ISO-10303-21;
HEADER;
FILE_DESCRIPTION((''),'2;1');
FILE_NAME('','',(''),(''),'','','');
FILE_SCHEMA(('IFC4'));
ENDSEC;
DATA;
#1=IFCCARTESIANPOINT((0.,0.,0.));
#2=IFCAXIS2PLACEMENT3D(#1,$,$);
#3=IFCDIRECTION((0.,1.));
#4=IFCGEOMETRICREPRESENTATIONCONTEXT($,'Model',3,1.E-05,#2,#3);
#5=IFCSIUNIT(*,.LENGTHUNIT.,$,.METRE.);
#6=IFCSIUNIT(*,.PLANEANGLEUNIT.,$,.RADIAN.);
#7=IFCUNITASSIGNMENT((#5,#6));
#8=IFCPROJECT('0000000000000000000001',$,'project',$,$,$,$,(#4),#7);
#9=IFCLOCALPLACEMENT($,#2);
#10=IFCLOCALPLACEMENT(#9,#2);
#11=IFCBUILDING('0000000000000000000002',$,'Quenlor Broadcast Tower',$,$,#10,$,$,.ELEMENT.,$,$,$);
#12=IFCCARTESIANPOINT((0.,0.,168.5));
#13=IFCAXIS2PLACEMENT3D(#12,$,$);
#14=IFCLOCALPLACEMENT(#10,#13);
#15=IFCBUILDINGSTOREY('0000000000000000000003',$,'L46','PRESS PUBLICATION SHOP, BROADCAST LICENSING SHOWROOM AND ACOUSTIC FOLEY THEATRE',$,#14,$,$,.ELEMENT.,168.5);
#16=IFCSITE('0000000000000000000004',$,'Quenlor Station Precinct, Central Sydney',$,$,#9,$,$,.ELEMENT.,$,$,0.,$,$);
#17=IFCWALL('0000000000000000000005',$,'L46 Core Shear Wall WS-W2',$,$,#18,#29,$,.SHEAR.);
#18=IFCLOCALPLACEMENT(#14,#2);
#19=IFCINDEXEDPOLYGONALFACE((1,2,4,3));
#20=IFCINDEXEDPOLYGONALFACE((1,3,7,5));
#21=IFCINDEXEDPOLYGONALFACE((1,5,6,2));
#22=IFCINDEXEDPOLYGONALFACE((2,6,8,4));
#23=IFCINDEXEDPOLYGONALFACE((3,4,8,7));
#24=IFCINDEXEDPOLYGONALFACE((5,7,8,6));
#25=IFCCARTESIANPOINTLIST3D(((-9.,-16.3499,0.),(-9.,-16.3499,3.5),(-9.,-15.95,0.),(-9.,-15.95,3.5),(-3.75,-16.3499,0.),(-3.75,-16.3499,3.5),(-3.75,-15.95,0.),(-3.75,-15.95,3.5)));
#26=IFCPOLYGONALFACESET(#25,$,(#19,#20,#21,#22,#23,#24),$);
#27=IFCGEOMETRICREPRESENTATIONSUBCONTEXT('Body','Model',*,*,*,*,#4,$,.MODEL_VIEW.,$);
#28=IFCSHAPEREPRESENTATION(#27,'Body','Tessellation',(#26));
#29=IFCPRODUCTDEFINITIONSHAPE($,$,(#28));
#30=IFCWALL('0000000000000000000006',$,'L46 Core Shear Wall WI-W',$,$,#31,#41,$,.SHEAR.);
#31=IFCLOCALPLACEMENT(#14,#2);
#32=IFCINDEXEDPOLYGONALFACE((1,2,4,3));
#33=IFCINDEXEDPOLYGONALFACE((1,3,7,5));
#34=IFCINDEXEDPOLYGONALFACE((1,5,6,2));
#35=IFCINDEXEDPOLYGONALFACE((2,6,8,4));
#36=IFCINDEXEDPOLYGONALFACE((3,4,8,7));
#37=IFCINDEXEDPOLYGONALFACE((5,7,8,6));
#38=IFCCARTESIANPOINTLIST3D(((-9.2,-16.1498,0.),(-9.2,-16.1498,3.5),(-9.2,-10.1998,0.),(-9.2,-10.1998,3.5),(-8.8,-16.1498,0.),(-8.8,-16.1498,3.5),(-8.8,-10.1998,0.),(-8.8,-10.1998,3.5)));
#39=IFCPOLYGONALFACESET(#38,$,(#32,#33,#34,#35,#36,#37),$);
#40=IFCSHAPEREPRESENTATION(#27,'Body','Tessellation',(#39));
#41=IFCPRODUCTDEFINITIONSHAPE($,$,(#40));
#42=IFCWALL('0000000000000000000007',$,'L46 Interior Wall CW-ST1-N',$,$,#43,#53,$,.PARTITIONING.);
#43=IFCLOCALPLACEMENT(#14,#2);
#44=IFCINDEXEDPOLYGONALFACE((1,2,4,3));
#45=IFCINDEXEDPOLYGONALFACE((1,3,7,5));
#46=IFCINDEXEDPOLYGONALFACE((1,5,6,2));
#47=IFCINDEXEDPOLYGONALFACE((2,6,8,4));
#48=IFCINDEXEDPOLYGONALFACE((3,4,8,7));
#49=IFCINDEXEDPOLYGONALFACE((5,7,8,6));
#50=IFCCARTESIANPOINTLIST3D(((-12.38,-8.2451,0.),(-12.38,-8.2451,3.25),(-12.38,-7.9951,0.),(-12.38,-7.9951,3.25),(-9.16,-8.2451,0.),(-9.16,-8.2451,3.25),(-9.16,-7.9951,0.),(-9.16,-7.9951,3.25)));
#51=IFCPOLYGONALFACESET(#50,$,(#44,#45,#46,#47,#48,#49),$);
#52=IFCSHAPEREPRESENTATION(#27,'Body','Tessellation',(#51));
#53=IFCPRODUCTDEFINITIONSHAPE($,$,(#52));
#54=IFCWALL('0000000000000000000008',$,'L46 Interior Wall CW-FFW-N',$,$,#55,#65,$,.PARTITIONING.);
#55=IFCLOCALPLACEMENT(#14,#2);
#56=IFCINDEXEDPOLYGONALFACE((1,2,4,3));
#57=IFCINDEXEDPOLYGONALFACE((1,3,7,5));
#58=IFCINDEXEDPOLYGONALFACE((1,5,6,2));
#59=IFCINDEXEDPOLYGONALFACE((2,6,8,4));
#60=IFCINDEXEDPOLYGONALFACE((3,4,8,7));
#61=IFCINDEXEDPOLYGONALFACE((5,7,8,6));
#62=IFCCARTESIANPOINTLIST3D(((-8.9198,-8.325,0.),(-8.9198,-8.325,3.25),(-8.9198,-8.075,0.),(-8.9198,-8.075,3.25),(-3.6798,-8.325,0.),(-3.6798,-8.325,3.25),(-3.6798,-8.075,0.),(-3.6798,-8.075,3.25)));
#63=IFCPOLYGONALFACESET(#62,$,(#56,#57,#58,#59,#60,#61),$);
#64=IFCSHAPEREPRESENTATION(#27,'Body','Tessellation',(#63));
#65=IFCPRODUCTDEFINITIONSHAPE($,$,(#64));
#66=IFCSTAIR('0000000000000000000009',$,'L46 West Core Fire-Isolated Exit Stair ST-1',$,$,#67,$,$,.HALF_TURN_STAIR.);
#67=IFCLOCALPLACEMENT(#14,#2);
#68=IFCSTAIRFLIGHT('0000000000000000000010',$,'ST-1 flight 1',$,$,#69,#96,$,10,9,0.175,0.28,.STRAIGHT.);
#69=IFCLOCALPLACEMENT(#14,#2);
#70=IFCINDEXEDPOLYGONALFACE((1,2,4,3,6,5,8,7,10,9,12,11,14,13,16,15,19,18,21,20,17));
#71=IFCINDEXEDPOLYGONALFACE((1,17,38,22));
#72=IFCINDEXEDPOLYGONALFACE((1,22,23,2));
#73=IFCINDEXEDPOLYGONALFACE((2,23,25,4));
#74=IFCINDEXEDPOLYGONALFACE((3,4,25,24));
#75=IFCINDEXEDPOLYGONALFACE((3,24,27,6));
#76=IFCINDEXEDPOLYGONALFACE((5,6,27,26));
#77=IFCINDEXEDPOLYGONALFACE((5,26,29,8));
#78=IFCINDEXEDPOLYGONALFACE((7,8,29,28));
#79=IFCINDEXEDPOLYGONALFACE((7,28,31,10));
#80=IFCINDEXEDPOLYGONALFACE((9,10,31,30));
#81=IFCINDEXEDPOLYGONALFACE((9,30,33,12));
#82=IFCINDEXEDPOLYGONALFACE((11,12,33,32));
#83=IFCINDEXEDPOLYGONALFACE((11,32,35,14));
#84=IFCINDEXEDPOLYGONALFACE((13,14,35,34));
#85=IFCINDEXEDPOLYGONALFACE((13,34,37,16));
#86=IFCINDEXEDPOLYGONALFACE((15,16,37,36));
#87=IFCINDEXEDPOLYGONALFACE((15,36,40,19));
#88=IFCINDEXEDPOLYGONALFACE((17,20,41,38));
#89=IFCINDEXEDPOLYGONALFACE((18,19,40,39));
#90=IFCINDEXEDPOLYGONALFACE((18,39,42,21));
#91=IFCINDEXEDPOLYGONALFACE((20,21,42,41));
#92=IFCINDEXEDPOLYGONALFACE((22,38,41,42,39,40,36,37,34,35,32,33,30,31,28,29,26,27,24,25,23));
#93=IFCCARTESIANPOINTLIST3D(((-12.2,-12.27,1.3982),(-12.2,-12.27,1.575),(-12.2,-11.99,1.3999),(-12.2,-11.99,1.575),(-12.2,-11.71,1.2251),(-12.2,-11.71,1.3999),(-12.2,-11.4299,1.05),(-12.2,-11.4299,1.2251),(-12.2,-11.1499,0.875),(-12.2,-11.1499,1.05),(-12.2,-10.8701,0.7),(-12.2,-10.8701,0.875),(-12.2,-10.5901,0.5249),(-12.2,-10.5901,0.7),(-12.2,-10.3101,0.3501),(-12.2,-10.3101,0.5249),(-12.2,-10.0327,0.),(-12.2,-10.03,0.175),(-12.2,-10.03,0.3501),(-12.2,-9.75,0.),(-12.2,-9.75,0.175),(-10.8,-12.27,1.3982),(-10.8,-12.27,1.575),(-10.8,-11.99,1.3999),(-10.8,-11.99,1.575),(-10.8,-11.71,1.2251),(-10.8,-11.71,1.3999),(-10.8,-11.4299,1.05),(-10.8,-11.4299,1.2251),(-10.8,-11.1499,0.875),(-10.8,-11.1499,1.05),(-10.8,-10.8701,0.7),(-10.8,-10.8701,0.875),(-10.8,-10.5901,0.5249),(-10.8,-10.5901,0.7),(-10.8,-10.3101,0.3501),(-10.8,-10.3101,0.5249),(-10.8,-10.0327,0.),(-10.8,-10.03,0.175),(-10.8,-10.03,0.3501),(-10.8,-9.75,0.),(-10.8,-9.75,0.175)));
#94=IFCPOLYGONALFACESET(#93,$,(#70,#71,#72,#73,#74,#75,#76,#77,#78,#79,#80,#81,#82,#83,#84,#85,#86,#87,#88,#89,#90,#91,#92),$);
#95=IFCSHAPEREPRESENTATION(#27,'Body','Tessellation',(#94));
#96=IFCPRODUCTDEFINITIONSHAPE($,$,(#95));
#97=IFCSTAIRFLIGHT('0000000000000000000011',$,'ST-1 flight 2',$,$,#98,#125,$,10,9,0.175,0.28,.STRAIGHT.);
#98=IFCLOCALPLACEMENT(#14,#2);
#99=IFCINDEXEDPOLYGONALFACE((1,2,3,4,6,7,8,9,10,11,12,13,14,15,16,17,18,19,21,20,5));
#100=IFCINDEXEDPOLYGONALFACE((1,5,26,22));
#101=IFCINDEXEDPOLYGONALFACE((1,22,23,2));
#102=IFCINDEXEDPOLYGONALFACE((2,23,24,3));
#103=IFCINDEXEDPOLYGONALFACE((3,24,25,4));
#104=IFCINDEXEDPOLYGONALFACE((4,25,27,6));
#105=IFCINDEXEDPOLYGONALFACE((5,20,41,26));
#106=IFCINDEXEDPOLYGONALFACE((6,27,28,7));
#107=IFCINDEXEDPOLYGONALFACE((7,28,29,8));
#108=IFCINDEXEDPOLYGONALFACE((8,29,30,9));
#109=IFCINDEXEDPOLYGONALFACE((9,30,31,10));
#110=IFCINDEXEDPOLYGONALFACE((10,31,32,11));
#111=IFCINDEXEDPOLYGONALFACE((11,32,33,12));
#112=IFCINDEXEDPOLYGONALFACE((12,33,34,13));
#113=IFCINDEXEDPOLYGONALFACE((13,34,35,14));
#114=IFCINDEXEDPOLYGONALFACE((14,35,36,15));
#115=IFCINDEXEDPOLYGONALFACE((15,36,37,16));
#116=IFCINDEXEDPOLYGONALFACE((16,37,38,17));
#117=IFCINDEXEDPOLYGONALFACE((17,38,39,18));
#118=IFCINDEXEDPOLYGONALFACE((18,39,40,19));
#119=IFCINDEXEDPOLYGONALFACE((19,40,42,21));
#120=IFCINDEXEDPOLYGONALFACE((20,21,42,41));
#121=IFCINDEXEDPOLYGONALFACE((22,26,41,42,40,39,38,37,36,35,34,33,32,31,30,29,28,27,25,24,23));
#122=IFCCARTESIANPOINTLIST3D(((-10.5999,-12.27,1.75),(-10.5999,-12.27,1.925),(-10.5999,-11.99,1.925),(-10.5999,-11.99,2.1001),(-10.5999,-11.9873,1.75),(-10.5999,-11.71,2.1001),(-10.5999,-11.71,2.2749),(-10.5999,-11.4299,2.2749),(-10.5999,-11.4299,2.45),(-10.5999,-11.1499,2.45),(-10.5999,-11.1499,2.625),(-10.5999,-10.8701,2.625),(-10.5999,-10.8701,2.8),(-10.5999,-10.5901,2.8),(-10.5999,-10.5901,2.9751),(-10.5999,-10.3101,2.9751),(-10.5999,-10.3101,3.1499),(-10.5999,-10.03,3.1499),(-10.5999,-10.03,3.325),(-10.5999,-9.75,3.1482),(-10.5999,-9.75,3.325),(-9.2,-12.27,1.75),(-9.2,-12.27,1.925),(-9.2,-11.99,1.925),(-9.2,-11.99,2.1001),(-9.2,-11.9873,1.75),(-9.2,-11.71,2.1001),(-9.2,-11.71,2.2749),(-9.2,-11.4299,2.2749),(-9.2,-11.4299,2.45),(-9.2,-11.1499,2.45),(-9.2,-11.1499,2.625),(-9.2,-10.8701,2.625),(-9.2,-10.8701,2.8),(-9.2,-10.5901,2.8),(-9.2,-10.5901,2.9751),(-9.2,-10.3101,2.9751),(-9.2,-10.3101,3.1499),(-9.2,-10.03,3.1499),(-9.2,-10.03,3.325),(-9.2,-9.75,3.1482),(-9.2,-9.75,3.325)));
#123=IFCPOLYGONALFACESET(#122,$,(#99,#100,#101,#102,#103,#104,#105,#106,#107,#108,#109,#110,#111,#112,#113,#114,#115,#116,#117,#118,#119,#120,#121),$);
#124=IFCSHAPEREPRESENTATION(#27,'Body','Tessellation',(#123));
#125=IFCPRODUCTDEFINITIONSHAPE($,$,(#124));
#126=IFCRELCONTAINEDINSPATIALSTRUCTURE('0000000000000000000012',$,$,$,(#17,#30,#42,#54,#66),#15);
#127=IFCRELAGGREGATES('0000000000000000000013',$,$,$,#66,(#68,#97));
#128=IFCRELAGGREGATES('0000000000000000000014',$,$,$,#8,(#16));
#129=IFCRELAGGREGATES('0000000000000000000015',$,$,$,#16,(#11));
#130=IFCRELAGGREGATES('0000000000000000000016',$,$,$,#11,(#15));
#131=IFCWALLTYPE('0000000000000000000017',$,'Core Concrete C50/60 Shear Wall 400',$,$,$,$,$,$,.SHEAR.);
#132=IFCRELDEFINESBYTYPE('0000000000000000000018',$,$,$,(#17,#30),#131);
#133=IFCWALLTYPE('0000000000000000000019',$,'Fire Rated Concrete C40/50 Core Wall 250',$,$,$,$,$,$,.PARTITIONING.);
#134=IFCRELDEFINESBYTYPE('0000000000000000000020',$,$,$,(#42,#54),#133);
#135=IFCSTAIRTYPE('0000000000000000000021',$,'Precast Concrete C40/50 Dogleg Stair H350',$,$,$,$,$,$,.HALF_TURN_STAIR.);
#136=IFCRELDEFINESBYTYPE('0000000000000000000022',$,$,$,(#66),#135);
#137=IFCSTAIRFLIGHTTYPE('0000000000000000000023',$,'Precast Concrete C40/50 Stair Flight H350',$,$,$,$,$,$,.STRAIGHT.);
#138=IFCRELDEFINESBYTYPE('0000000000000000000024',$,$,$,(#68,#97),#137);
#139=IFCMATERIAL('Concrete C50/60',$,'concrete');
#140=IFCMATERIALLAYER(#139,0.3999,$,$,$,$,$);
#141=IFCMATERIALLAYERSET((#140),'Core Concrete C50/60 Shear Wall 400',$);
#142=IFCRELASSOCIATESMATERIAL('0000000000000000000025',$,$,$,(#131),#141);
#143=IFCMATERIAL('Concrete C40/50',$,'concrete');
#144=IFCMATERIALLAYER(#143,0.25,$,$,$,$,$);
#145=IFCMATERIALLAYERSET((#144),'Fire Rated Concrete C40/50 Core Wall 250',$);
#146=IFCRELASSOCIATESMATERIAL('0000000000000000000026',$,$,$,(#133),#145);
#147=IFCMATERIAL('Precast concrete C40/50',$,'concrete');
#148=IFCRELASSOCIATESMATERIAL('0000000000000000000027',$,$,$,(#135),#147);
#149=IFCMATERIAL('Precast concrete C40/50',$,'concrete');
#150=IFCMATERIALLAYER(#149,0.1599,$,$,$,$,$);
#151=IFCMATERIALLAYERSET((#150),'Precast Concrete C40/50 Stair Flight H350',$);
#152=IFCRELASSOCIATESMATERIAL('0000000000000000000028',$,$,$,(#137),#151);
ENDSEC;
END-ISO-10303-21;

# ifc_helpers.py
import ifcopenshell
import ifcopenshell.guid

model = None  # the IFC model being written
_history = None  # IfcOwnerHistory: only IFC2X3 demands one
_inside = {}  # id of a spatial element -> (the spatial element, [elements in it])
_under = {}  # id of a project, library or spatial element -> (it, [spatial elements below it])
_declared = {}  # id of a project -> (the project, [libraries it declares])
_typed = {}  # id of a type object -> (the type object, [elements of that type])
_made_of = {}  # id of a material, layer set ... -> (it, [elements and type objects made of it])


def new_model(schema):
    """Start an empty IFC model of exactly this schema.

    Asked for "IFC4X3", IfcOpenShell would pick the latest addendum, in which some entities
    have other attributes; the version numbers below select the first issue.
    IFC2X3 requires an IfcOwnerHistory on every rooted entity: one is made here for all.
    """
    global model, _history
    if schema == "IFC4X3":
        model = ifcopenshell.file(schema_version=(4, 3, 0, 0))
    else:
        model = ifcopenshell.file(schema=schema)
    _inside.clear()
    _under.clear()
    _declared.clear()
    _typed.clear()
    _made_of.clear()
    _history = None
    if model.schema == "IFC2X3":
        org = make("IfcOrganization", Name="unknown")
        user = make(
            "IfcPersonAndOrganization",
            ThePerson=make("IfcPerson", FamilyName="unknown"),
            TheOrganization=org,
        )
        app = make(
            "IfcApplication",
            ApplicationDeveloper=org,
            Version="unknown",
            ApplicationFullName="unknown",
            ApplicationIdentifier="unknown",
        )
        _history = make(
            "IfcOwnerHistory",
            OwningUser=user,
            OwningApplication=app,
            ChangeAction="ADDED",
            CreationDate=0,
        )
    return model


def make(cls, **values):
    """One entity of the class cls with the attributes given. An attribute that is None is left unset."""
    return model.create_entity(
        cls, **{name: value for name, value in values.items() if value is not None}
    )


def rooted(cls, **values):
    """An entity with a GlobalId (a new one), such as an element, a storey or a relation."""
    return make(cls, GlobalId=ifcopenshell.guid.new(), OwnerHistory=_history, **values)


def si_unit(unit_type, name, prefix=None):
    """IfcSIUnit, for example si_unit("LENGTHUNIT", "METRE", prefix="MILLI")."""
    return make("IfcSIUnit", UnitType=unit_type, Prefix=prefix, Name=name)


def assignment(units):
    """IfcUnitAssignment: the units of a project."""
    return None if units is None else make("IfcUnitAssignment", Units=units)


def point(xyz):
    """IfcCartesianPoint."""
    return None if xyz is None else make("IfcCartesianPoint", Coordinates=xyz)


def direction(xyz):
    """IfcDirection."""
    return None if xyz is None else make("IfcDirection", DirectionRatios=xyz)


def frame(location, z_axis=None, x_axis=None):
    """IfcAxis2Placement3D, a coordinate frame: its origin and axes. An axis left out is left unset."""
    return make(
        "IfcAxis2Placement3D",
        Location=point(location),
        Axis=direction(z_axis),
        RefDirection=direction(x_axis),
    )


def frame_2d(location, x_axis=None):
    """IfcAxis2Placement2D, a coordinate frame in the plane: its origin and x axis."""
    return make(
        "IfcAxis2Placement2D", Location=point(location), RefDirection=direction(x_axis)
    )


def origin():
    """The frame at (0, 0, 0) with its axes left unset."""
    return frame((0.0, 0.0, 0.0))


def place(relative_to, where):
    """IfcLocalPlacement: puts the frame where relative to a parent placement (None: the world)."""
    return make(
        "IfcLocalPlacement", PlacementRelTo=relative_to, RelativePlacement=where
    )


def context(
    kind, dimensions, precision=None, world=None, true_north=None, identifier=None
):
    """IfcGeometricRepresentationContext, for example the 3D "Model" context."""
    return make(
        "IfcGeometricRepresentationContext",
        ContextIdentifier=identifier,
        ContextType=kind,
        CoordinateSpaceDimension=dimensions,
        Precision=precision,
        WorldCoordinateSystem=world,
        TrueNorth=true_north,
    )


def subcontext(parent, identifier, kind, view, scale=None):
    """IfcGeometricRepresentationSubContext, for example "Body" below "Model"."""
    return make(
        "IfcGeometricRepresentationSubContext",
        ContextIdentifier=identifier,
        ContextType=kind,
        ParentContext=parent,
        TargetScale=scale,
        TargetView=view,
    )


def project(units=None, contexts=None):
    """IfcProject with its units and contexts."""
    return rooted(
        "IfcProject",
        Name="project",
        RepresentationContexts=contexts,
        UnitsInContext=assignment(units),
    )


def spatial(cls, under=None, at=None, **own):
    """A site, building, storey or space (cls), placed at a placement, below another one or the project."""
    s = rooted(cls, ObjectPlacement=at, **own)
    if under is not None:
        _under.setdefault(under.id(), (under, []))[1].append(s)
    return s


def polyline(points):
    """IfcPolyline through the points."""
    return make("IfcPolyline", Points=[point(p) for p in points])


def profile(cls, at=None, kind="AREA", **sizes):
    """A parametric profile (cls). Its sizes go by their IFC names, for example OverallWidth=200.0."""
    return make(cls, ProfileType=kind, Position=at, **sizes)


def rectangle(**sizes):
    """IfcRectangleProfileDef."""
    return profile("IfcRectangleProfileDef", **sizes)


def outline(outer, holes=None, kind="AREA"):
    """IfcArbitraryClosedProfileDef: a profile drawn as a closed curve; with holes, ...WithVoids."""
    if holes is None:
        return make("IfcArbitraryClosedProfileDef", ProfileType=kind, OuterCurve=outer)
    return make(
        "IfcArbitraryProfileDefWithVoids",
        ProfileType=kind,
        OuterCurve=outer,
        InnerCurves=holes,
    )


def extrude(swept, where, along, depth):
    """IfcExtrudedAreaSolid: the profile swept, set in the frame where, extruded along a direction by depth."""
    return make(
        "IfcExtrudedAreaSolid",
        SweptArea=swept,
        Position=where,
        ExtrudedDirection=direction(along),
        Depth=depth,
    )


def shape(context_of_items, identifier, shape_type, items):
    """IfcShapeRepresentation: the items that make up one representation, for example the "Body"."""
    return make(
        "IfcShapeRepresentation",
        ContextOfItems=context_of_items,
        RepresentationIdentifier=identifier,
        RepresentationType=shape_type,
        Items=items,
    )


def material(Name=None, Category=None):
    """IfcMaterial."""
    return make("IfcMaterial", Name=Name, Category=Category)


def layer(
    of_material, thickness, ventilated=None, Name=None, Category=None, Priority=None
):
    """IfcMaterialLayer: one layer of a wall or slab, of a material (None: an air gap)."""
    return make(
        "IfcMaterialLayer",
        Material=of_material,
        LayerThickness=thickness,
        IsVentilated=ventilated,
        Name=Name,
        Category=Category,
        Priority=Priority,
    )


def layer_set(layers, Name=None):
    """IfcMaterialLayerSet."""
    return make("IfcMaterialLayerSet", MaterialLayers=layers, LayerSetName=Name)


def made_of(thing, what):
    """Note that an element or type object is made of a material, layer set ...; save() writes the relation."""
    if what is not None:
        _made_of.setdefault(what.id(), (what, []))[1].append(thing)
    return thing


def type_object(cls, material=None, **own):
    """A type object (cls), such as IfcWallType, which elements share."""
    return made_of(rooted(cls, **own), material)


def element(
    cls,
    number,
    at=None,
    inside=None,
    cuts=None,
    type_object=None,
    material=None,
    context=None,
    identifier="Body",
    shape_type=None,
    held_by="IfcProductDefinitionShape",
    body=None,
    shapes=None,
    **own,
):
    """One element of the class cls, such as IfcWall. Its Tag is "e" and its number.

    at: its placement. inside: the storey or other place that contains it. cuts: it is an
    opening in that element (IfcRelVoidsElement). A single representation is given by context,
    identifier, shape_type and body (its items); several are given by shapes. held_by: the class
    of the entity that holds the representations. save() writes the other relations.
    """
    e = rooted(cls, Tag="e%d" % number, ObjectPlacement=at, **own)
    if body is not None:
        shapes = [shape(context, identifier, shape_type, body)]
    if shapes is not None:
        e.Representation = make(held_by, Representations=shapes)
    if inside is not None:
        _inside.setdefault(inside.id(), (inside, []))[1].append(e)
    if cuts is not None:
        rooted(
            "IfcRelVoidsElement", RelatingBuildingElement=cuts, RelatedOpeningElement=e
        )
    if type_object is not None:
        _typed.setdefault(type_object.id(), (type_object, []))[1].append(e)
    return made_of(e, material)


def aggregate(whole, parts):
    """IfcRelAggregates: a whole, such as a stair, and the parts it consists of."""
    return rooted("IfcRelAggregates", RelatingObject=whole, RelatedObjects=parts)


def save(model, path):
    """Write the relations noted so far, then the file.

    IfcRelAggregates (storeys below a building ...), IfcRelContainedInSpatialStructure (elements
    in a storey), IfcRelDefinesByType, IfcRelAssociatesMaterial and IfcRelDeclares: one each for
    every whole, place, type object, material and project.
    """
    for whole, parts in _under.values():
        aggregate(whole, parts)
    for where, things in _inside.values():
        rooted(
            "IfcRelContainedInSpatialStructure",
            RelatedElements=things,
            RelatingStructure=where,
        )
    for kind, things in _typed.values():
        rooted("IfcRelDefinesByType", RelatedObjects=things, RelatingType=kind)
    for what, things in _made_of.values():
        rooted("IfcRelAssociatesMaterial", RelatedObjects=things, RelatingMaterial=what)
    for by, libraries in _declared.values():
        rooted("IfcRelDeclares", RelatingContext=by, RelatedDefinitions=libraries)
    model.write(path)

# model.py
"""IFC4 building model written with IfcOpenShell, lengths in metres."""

from ifc_helpers import new_model, si_unit, direction, frame, frame_2d, origin, place, context, subcontext, project, spatial, polyline, rectangle, outline, extrude, material, layer, layer_set, type_object, element, aggregate, save


model = new_model("IFC4")

# Units and contexts
model_context = context("Model", 3, precision=1e-05, world=origin(), true_north=direction((0.0, 1.0)))
body_context = subcontext(model_context, "Body", "Model", "MODEL_VIEW")
ifc_project = project(units=[si_unit("LENGTHUNIT", "METRE"), si_unit("PLANEANGLEUNIT", "RADIAN")], contexts=[model_context])

# Site, building, storey
site_placement = place(None, origin())
site = spatial("IfcSite", under=ifc_project, at=site_placement, Name="Quenlor Station Precinct, Central Sydney", CompositionType="ELEMENT", RefElevation=0.0)
building_placement = place(site_placement, origin())
building = spatial("IfcBuilding", under=site, at=building_placement, Name="Quenlor Broadcast Tower", CompositionType="ELEMENT")
storey_placement = place(building_placement, frame((0.0, 0.0, 168.5)))
storey = spatial("IfcBuildingStorey", under=building, at=storey_placement, Name="L46", Description="PRESS PUBLICATION SHOP, BROADCAST LICENSING SHOWROOM AND ACOUSTIC FOLEY THEATRE", CompositionType="ELEMENT", Elevation=168.5)

# Walls
ifc_material_1 = material(Name="Concrete C50/60", Category="concrete")
ifc_layer_1 = layer(ifc_material_1, 0.3999)
ifc_layer_set_1 = layer_set([ifc_layer_1], Name="Core Concrete C50/60 Shear Wall 400")
wall_type_1 = type_object("IfcWallType", Name="Core Concrete C50/60 Shear Wall 400", PredefinedType="SHEAR", material=ifc_layer_set_1)
wall_1_placement = place(storey_placement, frame((-9.0, -16.1499, 0.0), z_axis=(0.0, 0.0, 1.0), x_axis=(1.0, 0.0, 0.0)))
element("IfcWall", 1, at=wall_1_placement, inside=storey, type_object=wall_type_1, Name="L46 Core Shear Wall WS-W2", PredefinedType="SHEAR", context=body_context, shape_type="SweptSolid", body=[
    extrude(rectangle(XDim=5.25, YDim=0.3999, at=frame_2d((2.625, 0.0))), origin(), (0.0, 0.0, 1.0), 3.5),
])
wall_2_placement = place(storey_placement, frame((-9.0, -16.1499, 0.0), z_axis=(0.0, 0.0, 1.0), x_axis=(0.0, 1.0, 0.0)))
element("IfcWall", 2, at=wall_2_placement, inside=storey, type_object=wall_type_1, Name="L46 Core Shear Wall WI-W", PredefinedType="SHEAR", context=body_context, shape_type="SweptSolid", body=[
    extrude(rectangle(XDim=5.95, YDim=0.3999, at=frame_2d((2.9751, 0.0))), origin(), (0.0, 0.0, 1.0), 3.5),
])

# Shared definitions
ifc_material_2 = material(Name="Concrete C40/50", Category="concrete")
ifc_layer_2 = layer(ifc_material_2, 0.25)
ifc_layer_set_2 = layer_set([ifc_layer_2], Name="Fire Rated Concrete C40/50 Core Wall 250")
wall_type_2 = type_object("IfcWallType", Name="Fire Rated Concrete C40/50 Core Wall 250", PredefinedType="PARTITIONING", material=ifc_layer_set_2)

# Walls
wall_3_placement = place(storey_placement, frame((-12.3799, -8.1201, 0.0), z_axis=(0.0, 0.0, 1.0), x_axis=(1.0, 0.0, 0.0)))
element("IfcWall", 3, at=wall_3_placement, inside=storey, type_object=wall_type_2, Name="L46 Interior Wall CW-ST1-N", PredefinedType="PARTITIONING", context=body_context, shape_type="SweptSolid", body=[
    extrude(rectangle(XDim=3.22, YDim=0.25, at=frame_2d((1.6099, 0.0))), origin(), (0.0, 0.0, 1.0), 3.25),
])
wall_4_placement = place(storey_placement, frame((-8.9199, -8.2, 0.0), z_axis=(0.0, 0.0, 1.0), x_axis=(1.0, 0.0, 0.0)))
element("IfcWall", 4, at=wall_4_placement, inside=storey, type_object=wall_type_2, Name="L46 Interior Wall CW-FFW-N", PredefinedType="PARTITIONING", context=body_context, shape_type="SweptSolid", body=[
    extrude(rectangle(XDim=5.24, YDim=0.25, at=frame_2d((2.6201, 0.0))), origin(), (0.0, 0.0, 1.0), 3.25),
])

# Stair, stair flights
ifc_material_3 = material(Name="Precast concrete C40/50", Category="concrete")
stair_type = type_object("IfcStairType", Name="Precast Concrete C40/50 Dogleg Stair H350", PredefinedType="HALF_TURN_STAIR", material=ifc_material_3)
stair_placement = place(storey_placement, origin())
stair = element("IfcStair", 5, at=stair_placement, inside=storey, type_object=stair_type, Name="L46 West Core Fire-Isolated Exit Stair ST-1", PredefinedType="HALF_TURN_STAIR")
ifc_material_4 = material(Name="Precast concrete C40/50", Category="concrete")
ifc_layer_3 = layer(ifc_material_4, 0.1599)
ifc_layer_set_3 = layer_set([ifc_layer_3], Name="Precast Concrete C40/50 Stair Flight H350")
stair_flight_type = type_object("IfcStairFlightType", Name="Precast Concrete C40/50 Stair Flight H350", PredefinedType="STRAIGHT", material=ifc_layer_set_3)
stair_flight_1_placement = place(storey_placement, frame((-11.5, -9.75, 0.0), z_axis=(0.0, 0.0, 1.0), x_axis=(0.0, -1.0, 0.0)))
stair_flight_1 = element("IfcStairFlight", 6, at=stair_flight_1_placement, type_object=stair_flight_type, Name="ST-1 flight 1", NumberOfRisers=10, NumberOfTreads=9, PredefinedType="STRAIGHT", RiserHeight=0.175, TreadLength=0.28, context=body_context, shape_type="SweptSolid", body=[
    extrude(outline(polyline([(0.0, 0.0), (0.0, 0.175), (0.28, 0.175), (0.28, 0.3501), (0.5601, 0.3501), (0.5601, 0.5249), (0.8401, 0.5249), (0.8401, 0.7), (1.1201, 0.7), (1.1201, 0.875), (1.3999, 0.875), (1.3999, 1.05), (1.6799, 1.05), (1.6799, 1.2251), (1.96, 1.2251), (1.96, 1.3999), (2.24, 1.3999), (2.24, 1.575), (2.52, 1.575), (2.52, 1.75), (2.52, 1.3982), (0.2827, 0.0), (0.0, 0.0)])), frame((0.0, 0.7, 0.0), z_axis=(0.0, -1.0, 0.0), x_axis=(1.0, 0.0, 0.0)), (0.0, 0.0, 1.0), 1.3999),
])
stair_flight_2_placement = place(storey_placement, frame((-9.8999, -12.27, 1.75), z_axis=(0.0, 0.0, 1.0), x_axis=(0.0, 1.0, 0.0)))
stair_flight_2 = element("IfcStairFlight", 7, at=stair_flight_2_placement, type_object=stair_flight_type, Name="ST-1 flight 2", NumberOfRisers=10, NumberOfTreads=9, PredefinedType="STRAIGHT", RiserHeight=0.175, TreadLength=0.28, context=body_context, shape_type="SweptSolid", body=[
    extrude(outline(polyline([(0.0, 0.0), (0.0, 0.175), (0.28, 0.175), (0.28, 0.3501), (0.5601, 0.3501), (0.5601, 0.5249), (0.8401, 0.5249), (0.8401, 0.7), (1.1201, 0.7), (1.1201, 0.875), (1.3999, 0.875), (1.3999, 1.05), (1.6799, 1.05), (1.6799, 1.2251), (1.96, 1.2251), (1.96, 1.3999), (2.24, 1.3999), (2.24, 1.575), (2.52, 1.575), (2.52, 1.75), (2.52, 1.3982), (0.2827, 0.0), (0.0, 0.0)])), frame((0.0, 0.7, 0.0), z_axis=(0.0, -1.0, 0.0), x_axis=(1.0, 0.0, 0.0)), (0.0, 0.0, 1.0), 1.3999),
])
aggregate(stair, [stair_flight_1, stair_flight_2])

save(model, "model.ifc")
